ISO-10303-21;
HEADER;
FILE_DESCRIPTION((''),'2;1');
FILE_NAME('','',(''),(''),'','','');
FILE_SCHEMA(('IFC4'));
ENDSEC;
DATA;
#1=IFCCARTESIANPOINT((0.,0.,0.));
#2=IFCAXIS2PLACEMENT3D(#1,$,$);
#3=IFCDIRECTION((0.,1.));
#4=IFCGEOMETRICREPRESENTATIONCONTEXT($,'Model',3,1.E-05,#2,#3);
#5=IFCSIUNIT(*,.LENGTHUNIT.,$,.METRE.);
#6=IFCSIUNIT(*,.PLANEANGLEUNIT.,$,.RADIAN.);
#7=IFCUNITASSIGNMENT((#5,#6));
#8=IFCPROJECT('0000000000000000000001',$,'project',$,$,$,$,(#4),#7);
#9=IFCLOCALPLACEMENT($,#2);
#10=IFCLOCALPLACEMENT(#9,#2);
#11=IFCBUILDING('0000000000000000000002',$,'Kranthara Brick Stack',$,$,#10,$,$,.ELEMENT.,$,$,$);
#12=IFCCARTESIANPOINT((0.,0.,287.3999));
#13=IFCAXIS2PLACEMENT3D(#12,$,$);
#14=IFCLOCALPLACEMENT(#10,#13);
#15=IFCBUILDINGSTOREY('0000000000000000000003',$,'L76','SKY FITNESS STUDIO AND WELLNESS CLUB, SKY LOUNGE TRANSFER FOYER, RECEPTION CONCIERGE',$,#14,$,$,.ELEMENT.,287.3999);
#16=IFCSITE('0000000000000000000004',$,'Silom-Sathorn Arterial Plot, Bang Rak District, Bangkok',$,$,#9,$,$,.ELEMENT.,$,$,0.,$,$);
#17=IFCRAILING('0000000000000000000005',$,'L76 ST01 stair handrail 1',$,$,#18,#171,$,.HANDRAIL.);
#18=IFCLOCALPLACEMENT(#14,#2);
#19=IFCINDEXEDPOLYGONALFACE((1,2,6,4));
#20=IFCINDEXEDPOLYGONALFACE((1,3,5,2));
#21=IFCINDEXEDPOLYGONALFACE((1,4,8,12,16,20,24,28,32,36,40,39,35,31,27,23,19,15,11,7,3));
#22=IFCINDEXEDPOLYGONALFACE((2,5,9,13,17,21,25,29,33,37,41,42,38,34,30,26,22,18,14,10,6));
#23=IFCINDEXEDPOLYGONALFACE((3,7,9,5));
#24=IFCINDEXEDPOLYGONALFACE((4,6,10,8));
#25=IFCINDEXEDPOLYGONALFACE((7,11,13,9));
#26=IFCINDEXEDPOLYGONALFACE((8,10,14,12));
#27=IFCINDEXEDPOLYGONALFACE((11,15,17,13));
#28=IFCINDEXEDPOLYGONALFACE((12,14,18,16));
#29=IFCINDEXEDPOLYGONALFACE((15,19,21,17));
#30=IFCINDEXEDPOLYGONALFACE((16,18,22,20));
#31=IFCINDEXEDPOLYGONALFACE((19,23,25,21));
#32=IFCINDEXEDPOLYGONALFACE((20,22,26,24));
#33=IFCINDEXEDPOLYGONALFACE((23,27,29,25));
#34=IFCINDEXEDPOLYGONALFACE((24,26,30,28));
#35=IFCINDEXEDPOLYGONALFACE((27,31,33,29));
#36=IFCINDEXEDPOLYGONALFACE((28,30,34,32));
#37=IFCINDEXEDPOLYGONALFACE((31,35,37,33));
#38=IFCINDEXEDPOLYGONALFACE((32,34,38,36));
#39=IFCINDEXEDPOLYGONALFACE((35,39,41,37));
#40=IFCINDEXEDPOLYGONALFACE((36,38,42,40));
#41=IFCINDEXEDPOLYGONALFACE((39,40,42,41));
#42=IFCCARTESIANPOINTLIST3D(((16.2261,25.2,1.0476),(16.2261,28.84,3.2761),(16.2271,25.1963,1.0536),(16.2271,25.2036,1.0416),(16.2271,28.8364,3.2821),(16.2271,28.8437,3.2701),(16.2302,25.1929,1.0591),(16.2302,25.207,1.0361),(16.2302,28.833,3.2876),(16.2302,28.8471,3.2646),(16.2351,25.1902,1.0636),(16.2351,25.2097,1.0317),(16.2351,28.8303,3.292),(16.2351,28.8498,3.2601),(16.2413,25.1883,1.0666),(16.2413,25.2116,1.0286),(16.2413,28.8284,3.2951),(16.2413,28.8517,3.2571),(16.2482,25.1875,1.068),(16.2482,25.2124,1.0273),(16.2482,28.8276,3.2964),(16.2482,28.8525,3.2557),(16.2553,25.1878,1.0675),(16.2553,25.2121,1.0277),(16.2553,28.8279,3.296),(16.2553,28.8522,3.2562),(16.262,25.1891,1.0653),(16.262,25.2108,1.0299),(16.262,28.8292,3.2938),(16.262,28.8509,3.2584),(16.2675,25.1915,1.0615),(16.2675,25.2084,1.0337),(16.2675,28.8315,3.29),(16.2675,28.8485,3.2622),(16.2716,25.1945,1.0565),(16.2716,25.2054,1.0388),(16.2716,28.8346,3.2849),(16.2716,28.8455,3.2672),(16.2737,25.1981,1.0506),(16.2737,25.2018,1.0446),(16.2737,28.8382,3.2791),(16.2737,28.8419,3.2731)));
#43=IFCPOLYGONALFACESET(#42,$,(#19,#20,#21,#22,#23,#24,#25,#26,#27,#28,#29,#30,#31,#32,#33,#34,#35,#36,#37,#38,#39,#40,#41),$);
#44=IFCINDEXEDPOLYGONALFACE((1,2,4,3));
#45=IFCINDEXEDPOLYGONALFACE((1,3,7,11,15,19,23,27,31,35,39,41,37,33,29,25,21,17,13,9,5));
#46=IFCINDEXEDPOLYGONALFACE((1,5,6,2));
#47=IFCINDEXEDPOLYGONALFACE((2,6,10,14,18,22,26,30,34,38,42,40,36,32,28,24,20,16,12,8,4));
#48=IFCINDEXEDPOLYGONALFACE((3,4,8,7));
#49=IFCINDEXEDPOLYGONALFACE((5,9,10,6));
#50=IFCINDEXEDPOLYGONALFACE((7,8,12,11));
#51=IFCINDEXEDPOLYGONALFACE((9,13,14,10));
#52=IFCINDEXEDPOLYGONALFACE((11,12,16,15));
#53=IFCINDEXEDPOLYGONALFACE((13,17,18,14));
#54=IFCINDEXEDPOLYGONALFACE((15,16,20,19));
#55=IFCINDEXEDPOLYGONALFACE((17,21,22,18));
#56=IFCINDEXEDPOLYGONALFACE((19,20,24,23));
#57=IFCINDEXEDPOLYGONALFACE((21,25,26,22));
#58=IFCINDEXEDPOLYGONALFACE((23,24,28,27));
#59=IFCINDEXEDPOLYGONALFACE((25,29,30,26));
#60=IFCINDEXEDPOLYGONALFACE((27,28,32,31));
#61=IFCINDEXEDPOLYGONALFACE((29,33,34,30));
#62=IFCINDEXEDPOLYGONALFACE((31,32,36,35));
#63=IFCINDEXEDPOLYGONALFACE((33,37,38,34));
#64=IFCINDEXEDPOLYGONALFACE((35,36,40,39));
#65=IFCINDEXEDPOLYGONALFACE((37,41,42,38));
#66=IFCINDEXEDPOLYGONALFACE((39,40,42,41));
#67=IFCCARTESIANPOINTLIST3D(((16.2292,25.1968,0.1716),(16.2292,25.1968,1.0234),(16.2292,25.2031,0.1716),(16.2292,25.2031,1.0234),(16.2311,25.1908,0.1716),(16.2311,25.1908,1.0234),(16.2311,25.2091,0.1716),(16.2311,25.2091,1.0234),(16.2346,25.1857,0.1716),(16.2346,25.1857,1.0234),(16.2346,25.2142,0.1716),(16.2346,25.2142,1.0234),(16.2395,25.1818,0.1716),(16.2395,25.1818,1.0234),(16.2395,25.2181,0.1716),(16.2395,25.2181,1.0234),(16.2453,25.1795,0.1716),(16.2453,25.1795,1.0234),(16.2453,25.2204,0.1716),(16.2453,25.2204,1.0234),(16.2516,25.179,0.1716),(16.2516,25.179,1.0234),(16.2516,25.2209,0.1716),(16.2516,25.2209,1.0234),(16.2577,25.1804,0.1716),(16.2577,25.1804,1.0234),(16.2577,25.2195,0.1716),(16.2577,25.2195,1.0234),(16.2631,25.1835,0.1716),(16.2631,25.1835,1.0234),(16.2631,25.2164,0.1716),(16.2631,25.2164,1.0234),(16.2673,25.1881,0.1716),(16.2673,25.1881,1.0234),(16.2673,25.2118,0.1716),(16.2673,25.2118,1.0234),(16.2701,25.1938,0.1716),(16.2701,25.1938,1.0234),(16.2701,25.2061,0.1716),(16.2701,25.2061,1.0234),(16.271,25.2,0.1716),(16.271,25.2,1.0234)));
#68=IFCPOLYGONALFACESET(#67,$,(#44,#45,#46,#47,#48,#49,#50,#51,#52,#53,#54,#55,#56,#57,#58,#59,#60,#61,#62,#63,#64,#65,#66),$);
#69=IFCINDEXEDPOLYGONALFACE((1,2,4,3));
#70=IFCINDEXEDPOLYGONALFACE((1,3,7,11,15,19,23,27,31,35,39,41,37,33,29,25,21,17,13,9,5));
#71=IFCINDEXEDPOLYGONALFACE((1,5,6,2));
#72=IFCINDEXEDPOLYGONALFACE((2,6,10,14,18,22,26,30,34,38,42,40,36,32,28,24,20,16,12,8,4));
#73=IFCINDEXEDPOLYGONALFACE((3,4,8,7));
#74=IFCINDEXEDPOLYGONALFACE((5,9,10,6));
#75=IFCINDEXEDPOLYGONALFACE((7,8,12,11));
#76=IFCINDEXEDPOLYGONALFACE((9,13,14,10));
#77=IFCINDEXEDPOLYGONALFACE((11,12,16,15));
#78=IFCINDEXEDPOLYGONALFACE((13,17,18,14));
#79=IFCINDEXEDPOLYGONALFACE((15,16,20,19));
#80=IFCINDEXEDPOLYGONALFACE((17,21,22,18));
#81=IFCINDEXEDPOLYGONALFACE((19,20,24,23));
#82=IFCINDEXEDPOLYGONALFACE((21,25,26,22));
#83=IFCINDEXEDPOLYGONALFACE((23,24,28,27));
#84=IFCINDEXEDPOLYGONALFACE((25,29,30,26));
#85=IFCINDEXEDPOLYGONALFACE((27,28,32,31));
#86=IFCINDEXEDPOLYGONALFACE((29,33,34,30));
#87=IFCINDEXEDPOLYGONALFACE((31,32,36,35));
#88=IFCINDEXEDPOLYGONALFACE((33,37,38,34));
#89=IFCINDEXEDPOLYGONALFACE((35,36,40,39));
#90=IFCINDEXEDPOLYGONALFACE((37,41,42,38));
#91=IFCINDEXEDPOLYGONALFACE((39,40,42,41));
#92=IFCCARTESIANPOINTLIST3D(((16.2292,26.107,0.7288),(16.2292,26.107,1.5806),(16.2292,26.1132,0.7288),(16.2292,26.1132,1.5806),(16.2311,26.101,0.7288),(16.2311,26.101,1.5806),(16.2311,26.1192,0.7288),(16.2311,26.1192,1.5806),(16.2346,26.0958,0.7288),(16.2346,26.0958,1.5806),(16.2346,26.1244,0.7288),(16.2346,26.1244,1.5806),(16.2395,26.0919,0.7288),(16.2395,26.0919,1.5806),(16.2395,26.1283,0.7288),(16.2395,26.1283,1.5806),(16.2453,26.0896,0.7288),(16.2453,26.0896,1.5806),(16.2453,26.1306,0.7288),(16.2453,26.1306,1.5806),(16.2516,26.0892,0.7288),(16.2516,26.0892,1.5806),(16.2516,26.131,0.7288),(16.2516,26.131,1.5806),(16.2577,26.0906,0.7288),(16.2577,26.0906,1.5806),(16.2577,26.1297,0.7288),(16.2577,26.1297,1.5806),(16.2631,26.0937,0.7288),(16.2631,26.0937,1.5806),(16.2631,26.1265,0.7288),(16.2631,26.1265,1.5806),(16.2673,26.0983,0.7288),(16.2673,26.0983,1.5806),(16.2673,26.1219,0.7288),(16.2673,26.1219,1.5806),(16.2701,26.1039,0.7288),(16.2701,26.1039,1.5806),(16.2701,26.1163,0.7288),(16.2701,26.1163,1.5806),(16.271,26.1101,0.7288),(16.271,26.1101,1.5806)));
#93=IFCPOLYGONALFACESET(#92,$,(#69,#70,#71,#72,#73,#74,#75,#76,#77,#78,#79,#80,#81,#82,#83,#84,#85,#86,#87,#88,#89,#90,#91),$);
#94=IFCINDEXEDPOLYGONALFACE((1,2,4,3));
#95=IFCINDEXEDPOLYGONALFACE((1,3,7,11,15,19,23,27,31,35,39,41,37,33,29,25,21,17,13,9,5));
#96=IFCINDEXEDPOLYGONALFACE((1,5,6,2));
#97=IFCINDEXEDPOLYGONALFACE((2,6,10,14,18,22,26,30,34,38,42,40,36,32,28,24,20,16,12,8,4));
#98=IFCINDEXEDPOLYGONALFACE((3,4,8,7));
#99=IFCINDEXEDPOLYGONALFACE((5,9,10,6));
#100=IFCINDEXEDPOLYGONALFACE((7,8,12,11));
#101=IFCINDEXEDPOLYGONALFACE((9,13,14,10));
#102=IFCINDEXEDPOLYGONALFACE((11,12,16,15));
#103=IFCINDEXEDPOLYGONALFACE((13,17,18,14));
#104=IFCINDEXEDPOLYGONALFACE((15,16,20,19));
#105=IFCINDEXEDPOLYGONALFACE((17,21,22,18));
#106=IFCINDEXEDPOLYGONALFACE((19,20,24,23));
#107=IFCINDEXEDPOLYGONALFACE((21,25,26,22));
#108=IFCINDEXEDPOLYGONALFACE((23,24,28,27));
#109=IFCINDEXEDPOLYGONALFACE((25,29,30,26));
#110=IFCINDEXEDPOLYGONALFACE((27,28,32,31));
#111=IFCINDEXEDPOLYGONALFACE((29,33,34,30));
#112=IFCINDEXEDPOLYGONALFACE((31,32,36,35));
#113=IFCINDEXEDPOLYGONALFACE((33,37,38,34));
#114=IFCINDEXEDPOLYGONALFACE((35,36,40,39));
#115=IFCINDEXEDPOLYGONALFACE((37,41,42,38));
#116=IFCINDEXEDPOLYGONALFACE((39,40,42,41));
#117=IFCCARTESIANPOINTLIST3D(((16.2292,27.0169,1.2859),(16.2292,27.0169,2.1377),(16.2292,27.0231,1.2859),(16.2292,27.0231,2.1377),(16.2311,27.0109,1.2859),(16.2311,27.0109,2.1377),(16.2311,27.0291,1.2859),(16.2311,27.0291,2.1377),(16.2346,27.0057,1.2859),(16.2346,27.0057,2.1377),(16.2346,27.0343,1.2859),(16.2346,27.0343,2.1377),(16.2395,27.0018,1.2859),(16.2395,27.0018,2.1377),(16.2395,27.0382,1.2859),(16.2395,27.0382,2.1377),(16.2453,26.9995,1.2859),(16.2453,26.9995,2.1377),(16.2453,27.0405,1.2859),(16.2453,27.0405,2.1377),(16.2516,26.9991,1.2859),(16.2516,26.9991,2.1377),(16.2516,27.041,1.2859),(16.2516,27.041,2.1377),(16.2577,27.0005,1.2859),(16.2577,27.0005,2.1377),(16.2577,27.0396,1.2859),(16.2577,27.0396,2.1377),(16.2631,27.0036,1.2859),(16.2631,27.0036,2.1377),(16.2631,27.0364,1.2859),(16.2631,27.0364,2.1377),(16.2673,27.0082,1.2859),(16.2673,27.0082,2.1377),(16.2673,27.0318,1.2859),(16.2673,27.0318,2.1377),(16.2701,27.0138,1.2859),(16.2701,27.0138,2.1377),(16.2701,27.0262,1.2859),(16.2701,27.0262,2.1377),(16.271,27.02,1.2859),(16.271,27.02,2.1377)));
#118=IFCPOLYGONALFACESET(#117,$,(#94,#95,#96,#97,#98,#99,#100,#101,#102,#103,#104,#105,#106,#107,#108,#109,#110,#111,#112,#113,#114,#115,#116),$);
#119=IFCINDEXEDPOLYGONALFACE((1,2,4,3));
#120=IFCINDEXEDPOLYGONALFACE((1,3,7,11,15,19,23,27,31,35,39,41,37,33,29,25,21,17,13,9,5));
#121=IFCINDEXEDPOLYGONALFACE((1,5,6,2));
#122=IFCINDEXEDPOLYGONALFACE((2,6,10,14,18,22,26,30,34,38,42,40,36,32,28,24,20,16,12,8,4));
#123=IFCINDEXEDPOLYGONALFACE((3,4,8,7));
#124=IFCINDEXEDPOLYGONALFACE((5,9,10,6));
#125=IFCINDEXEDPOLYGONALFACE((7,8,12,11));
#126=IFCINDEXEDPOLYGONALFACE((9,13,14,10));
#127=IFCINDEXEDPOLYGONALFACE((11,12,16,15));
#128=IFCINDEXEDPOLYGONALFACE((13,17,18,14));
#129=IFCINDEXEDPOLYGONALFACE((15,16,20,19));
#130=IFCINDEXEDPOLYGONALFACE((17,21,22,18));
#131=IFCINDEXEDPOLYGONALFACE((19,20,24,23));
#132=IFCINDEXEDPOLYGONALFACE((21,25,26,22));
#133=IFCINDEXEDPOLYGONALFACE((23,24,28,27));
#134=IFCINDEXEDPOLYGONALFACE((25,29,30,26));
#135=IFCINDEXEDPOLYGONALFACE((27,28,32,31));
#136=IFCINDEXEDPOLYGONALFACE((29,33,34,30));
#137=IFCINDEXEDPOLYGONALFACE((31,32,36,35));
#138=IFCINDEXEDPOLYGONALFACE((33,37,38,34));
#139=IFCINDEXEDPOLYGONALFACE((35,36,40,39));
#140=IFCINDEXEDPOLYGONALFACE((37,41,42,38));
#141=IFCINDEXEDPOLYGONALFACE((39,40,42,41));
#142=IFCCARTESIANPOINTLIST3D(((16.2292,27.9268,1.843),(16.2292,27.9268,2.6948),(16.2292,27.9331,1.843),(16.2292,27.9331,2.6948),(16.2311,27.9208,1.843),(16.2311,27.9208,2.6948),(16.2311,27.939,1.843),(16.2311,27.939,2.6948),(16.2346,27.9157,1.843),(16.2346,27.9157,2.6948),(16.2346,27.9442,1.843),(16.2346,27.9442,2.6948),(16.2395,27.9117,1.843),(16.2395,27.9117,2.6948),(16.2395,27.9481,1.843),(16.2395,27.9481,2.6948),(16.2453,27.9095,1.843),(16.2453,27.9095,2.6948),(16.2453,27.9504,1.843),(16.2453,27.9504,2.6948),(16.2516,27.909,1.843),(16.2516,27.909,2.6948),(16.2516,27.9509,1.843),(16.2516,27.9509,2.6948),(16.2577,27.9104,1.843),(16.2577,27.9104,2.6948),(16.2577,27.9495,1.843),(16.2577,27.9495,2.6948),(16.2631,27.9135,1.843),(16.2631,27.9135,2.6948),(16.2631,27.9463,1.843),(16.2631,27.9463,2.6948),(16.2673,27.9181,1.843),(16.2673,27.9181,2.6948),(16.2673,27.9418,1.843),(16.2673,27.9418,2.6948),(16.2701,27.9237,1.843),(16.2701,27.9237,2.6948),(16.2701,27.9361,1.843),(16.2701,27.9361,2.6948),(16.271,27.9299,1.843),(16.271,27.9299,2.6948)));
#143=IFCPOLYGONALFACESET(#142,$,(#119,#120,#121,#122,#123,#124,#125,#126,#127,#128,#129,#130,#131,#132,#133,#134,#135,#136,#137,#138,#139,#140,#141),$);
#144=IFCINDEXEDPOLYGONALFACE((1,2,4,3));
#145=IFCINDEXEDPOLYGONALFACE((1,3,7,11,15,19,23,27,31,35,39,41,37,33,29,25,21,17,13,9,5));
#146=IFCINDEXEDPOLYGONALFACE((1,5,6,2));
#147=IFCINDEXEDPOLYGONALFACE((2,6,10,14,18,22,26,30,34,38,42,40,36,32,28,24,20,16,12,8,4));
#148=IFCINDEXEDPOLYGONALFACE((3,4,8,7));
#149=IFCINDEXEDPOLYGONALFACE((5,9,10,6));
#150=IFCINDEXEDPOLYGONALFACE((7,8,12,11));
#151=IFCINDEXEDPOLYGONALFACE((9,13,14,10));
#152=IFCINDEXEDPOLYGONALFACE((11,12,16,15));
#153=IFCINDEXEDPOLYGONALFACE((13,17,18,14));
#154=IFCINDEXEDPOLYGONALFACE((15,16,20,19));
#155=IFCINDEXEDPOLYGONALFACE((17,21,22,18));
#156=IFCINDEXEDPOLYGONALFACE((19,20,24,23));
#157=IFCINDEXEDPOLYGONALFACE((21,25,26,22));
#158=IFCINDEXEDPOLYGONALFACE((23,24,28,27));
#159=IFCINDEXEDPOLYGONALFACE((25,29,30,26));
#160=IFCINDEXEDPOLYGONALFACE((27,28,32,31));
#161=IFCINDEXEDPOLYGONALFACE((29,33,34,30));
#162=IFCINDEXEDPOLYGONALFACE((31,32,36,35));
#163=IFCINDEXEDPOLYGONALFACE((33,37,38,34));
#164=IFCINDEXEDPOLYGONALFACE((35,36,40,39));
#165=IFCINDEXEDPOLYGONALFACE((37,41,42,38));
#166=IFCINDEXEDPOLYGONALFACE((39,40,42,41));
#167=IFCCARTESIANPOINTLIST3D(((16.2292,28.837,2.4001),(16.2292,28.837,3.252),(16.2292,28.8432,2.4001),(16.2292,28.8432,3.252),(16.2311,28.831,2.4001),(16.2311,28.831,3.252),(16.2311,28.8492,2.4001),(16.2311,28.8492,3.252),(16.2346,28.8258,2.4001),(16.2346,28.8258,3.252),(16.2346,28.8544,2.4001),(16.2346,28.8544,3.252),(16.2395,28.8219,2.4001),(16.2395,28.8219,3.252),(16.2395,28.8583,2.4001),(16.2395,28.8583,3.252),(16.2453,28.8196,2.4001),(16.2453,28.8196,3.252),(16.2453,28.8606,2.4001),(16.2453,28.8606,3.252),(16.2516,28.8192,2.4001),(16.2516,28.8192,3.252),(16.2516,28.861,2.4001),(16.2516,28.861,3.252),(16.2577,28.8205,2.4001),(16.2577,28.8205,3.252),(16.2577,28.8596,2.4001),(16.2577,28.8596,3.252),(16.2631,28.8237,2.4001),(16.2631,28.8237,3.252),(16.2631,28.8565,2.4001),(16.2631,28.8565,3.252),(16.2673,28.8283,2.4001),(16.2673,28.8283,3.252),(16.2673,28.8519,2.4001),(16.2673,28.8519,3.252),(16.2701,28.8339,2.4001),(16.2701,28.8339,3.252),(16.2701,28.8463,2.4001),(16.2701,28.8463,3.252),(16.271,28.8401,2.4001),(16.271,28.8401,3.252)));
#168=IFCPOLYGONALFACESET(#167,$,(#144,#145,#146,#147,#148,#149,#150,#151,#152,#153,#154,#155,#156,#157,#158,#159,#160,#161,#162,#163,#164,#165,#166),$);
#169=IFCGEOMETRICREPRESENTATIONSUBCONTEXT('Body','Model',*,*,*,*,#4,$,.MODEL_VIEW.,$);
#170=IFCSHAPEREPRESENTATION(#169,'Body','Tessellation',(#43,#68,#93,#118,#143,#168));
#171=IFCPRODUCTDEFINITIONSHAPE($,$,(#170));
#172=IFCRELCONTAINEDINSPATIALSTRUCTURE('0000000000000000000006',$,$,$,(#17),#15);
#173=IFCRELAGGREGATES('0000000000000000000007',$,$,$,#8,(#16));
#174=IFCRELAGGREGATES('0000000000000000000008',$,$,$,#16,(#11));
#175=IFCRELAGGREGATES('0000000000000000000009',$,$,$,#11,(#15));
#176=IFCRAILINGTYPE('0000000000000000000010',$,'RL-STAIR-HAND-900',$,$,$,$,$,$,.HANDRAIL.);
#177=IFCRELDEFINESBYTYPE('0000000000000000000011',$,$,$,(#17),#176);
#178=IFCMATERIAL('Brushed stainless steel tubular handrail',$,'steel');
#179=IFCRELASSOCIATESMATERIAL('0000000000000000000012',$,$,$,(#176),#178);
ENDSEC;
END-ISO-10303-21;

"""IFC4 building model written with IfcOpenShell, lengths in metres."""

from ifc_helpers import new_model, si_unit, direction, frame, origin, origin_2d, place, context, subcontext, project, spatial, circle, extrude, material, type_object, element, save


model = new_model("IFC4")

# Units and contexts
model_context = context("Model", 3, precision=1e-05, world=origin(), true_north=direction((0.0, 1.0)))
body_context = subcontext(model_context, "Body", "Model", "MODEL_VIEW")
ifc_project = project(units=[si_unit("LENGTHUNIT", "METRE"), si_unit("PLANEANGLEUNIT", "RADIAN")], contexts=[model_context])

# Site, building, storey
site_placement = place(None, origin())
site = spatial("IfcSite", under=ifc_project, at=site_placement, Name="Silom-Sathorn Arterial Plot, Bang Rak District, Bangkok", CompositionType="ELEMENT", RefElevation=0.0)
building_placement = place(site_placement, origin())
building = spatial("IfcBuilding", under=site, at=building_placement, Name="Kranthara Brick Stack", CompositionType="ELEMENT")
storey_placement = place(building_placement, frame((0.0, 0.0, 287.3999)))
storey = spatial("IfcBuildingStorey", under=building, at=storey_placement, Name="L76", Description="SKY FITNESS STUDIO AND WELLNESS CLUB, SKY LOUNGE TRANSFER FOYER, RECEPTION CONCIERGE", CompositionType="ELEMENT", Elevation=287.3999)

# Railing
ifc_material_1 = material(Name="Brushed stainless steel tubular handrail", Category="steel")
railing_type_1 = type_object("IfcRailingType", Name="RL-STAIR-HAND-900", PredefinedType="HANDRAIL", material=ifc_material_1)
railing_1_placement = place(storey_placement, frame((16.25, 25.2, 0.1716)))
element("IfcRailing", 1, at=railing_1_placement, inside=storey, type_object=railing_type_1, Name="L76 ST01 stair handrail 1", PredefinedType="HANDRAIL", context=body_context, shape_type="SweptSolid", body=[
    extrude(circle(Radius=0.0239, at=origin_2d()), frame((0.0, 0.0, 0.876), z_axis=(0.0, 0.852866, 0.52213), x_axis=(-1.0, 0.0, 0.0)), (0.0, 0.0, 1.0), 4.2681),
    extrude(circle(Radius=0.021, at=origin_2d()), origin(), (0.0, 0.0, 1.0), 0.8518),
    extrude(circle(Radius=0.021, at=origin_2d()), frame((0.0, 0.9102, 0.5571)), (0.0, 0.0, 1.0), 0.8518),
    extrude(circle(Radius=0.021, at=origin_2d()), frame((0.0, 1.8201, 1.1143)), (0.0, 0.0, 1.0), 0.8518),
    extrude(circle(Radius=0.021, at=origin_2d()), frame((0.0, 2.73, 1.6714)), (0.0, 0.0, 1.0), 0.8518),
    extrude(circle(Radius=0.021, at=origin_2d()), frame((0.0, 3.6401, 2.2285)), (0.0, 0.0, 1.0), 0.8518),
])

save(model, "model.ifc")
